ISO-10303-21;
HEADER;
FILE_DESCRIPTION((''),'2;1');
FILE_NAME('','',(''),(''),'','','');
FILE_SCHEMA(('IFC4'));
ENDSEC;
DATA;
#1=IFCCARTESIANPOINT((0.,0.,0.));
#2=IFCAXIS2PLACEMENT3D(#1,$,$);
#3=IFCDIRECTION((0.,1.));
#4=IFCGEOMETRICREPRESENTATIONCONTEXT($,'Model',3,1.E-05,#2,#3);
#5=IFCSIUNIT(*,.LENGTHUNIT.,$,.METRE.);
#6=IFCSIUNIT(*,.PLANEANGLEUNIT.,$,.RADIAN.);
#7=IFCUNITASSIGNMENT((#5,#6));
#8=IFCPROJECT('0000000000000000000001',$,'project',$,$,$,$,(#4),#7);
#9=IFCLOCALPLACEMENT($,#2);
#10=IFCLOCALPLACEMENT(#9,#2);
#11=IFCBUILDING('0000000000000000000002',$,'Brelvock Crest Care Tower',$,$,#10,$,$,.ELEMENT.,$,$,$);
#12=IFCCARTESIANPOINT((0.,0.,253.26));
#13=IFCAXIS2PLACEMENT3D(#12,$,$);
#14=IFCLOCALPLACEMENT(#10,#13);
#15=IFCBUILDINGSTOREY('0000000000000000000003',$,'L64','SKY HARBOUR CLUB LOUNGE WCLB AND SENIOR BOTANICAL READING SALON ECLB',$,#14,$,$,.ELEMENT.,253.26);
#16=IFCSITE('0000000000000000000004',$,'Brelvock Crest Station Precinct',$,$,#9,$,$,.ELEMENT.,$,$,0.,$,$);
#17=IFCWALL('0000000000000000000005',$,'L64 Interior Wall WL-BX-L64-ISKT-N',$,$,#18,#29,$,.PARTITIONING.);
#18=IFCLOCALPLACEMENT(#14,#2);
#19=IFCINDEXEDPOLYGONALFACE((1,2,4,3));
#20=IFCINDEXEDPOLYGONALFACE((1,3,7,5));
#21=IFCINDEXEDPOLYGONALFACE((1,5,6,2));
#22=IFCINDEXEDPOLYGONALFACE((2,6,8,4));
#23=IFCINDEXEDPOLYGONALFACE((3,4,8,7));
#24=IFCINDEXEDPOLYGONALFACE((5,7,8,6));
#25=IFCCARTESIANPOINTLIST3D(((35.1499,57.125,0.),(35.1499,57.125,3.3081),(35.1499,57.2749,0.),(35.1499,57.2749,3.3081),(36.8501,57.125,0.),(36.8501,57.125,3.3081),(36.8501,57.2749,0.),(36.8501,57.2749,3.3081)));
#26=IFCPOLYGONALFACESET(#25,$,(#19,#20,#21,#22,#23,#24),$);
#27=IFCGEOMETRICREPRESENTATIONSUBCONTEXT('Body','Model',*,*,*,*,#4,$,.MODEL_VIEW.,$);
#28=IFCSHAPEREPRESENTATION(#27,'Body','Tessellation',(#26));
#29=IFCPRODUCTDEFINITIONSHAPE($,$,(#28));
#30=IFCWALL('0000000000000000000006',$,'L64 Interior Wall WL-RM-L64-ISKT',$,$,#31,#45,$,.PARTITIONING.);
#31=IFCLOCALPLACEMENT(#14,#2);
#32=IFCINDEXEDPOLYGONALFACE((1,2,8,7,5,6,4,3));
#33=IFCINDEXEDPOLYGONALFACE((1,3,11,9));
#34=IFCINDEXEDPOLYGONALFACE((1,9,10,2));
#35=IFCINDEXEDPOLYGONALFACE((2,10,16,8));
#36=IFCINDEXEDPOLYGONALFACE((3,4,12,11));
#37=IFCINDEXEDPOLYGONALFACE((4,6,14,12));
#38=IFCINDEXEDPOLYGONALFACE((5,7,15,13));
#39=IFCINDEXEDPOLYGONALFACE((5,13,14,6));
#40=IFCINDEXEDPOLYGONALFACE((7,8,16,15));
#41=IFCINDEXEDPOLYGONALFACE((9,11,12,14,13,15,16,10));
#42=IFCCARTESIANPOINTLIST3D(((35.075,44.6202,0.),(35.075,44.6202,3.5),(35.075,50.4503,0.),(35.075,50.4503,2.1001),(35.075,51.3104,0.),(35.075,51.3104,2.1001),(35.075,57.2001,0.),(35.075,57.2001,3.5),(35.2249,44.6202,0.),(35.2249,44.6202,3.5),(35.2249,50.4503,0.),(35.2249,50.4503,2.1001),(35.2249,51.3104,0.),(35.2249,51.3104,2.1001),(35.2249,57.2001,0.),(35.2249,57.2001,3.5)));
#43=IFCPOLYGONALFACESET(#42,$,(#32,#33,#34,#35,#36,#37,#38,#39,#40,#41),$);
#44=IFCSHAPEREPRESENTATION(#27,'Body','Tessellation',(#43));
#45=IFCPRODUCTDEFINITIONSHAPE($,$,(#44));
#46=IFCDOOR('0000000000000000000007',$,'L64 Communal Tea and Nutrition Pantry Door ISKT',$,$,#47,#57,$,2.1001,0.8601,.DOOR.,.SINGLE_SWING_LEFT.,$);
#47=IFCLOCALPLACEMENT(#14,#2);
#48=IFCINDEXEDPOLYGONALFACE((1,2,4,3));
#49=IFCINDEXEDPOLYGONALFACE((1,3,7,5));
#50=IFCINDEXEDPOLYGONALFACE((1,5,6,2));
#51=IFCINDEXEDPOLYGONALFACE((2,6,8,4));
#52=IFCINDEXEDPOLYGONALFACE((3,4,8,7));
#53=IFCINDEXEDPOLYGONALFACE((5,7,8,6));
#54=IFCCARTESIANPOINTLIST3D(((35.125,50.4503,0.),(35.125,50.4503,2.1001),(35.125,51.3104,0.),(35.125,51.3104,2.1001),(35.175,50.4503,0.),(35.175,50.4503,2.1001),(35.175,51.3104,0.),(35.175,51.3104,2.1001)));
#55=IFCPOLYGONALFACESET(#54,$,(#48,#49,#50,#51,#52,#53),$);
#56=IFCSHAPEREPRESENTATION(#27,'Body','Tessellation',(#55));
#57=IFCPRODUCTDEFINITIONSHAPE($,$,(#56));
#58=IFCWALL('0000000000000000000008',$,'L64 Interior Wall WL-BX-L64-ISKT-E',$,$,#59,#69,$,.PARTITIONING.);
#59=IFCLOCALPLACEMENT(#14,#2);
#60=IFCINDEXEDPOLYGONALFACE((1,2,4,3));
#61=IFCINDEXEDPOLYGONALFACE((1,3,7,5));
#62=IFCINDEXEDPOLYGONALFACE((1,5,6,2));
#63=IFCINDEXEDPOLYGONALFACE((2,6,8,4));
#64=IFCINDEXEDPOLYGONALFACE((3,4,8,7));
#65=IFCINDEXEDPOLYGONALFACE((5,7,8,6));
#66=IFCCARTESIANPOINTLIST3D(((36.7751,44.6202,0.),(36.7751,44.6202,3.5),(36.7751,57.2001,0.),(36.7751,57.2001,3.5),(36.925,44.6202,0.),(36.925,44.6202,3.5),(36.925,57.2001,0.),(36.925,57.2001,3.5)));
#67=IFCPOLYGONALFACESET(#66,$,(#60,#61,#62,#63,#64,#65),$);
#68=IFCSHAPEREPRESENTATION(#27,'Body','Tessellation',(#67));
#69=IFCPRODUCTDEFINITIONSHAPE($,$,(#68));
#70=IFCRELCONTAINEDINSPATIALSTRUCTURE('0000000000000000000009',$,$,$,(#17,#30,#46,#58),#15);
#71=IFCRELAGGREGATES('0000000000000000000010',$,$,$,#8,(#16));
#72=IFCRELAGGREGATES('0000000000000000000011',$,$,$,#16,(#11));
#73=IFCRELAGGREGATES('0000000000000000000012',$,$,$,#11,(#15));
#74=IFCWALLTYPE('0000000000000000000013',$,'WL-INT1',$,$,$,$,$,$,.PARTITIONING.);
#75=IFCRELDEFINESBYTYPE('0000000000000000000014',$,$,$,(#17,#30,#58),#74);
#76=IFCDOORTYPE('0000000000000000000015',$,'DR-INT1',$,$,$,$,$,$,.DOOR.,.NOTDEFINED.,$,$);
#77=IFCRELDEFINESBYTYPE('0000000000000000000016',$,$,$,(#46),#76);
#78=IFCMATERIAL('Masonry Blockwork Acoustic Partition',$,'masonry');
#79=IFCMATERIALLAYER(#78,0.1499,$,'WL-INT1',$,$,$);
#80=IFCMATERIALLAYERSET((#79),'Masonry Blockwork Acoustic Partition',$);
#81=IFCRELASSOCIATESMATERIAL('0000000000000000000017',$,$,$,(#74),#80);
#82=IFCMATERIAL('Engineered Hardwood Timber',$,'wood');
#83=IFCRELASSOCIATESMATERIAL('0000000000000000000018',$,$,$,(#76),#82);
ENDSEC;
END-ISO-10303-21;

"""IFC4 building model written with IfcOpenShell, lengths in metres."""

from ifc_helpers import new_model, si_unit, direction, frame, frame_2d, origin, origin_2d, place, context, subcontext, project, spatial, rectangle, extrude, source, transform, mapped, material, layer, layer_set, type_object, element, fill, save


model = new_model("IFC4")

# Units and contexts
model_context = context("Model", 3, precision=1e-05, world=origin(), true_north=direction((0.0, 1.0)))
body_context = subcontext(model_context, "Body", "Model", "MODEL_VIEW")
ifc_project = project(units=[si_unit("LENGTHUNIT", "METRE"), si_unit("PLANEANGLEUNIT", "RADIAN")], contexts=[model_context])

# Site, building, storey
site_placement = place(None, origin())
site = spatial("IfcSite", under=ifc_project, at=site_placement, Name="Brelvock Crest Station Precinct", CompositionType="ELEMENT", RefElevation=0.0)
building_placement = place(site_placement, origin())
building = spatial("IfcBuilding", under=site, at=building_placement, Name="Brelvock Crest Care Tower", CompositionType="ELEMENT")
storey_placement = place(building_placement, frame((0.0, 0.0, 253.26)))
storey = spatial("IfcBuildingStorey", under=building, at=storey_placement, Name="L64", Description="SKY HARBOUR CLUB LOUNGE WCLB AND SENIOR BOTANICAL READING SALON ECLB", CompositionType="ELEMENT", Elevation=253.26)

# Wall
ifc_material_1 = material(Name="Masonry Blockwork Acoustic Partition", Category="masonry")
ifc_layer = layer(ifc_material_1, 0.1499, Name="WL-INT1")
ifc_layer_set = layer_set([ifc_layer], Name="Masonry Blockwork Acoustic Partition")
wall_type = type_object("IfcWallType", Name="WL-INT1", PredefinedType="PARTITIONING", material=ifc_layer_set)
wall_1_placement = place(storey_placement, frame((35.1499, 57.2, 0.0), z_axis=(0.0, 0.0, 1.0), x_axis=(1.0, 0.0, 0.0)))
element("IfcWall", 1, at=wall_1_placement, inside=storey, type_object=wall_type, Name="L64 Interior Wall WL-BX-L64-ISKT-N", PredefinedType="PARTITIONING", context=body_context, shape_type="SweptSolid", body=[
    extrude(rectangle(XDim=1.7002, YDim=0.1499, at=frame_2d((0.8501, 0.0))), origin(), (0.0, 0.0, 1.0), 3.3081),
])

# Wall, opening, door
wall_2_placement = place(storey_placement, frame((35.1499, 44.6201, 0.0), z_axis=(0.0, 0.0, 1.0), x_axis=(0.0, 1.0, 0.0)))
wall_2 = element("IfcWall", 2, at=wall_2_placement, inside=storey, type_object=wall_type, Name="L64 Interior Wall WL-RM-L64-ISKT", PredefinedType="PARTITIONING", context=body_context, shape_type="SweptSolid", body=[
    extrude(rectangle(XDim=12.5798, YDim=0.1499, at=frame_2d((6.29, 0.0))), origin(), (0.0, 0.0, 1.0), 3.5),
])
opening_placement = place(wall_2_placement, frame((5.8301, 0.0, 0.0)))
opening = element("IfcOpeningElement", 3, at=opening_placement, cuts=wall_2, PredefinedType="OPENING", context=body_context, shape_type="SweptSolid", body=[
    extrude(rectangle(XDim=0.8601, YDim=2.1001, at=origin_2d()), frame((0.4302, 0.085, 1.05), z_axis=(0.0, -1.0, 0.0), x_axis=(1.0, 0.0, 0.0)), (0.0, 0.0, 1.0), 0.1699),
])
ifc_material_2 = material(Name="Engineered Hardwood Timber", Category="wood")
door_type = type_object("IfcDoorType", Name="DR-INT1", OperationType="NOTDEFINED", PredefinedType="DOOR", material=ifc_material_2)
shared_shape_1 = source(origin(), body_context, "Body", "SweptSolid", [
    extrude(rectangle(XDim=0.8601, YDim=2.1001, at=origin_2d()), frame((0.4302, 0.0249, 1.05), z_axis=(0.0, -1.0, 0.0), x_axis=(1.0, 0.0, 0.0)), (0.0, 0.0, 1.0), 0.05),
])
door_placement = place(opening_placement, origin())
door = element("IfcDoor", 4, at=door_placement, inside=storey, type_object=door_type, Name="L64 Communal Tea and Nutrition Pantry Door ISKT", OperationType="SINGLE_SWING_LEFT", OverallHeight=2.1001, OverallWidth=0.8601, PredefinedType="DOOR", context=body_context, shape_type="MappedRepresentation", body=[
    mapped(shared_shape_1, transform((0.0, 0.0, 0.0), x_axis=(1.0, 0.0, 0.0), y_axis=(0.0, 1.0, 0.0), z_axis=(0.0, 0.0, 1.0), scale=1.0)),
])
fill(opening, door)

# Wall
wall_3_placement = place(storey_placement, frame((36.8501, 44.6201, 0.0), z_axis=(0.0, 0.0, 1.0), x_axis=(0.0, 1.0, 0.0)))
element("IfcWall", 5, at=wall_3_placement, inside=storey, type_object=wall_type, Name="L64 Interior Wall WL-BX-L64-ISKT-E", PredefinedType="PARTITIONING", context=body_context, shape_type="SweptSolid", body=[
    extrude(rectangle(XDim=12.5798, YDim=0.1499, at=frame_2d((6.29, 0.0))), origin(), (0.0, 0.0, 1.0), 3.5),
])

save(model, "model.ifc")
